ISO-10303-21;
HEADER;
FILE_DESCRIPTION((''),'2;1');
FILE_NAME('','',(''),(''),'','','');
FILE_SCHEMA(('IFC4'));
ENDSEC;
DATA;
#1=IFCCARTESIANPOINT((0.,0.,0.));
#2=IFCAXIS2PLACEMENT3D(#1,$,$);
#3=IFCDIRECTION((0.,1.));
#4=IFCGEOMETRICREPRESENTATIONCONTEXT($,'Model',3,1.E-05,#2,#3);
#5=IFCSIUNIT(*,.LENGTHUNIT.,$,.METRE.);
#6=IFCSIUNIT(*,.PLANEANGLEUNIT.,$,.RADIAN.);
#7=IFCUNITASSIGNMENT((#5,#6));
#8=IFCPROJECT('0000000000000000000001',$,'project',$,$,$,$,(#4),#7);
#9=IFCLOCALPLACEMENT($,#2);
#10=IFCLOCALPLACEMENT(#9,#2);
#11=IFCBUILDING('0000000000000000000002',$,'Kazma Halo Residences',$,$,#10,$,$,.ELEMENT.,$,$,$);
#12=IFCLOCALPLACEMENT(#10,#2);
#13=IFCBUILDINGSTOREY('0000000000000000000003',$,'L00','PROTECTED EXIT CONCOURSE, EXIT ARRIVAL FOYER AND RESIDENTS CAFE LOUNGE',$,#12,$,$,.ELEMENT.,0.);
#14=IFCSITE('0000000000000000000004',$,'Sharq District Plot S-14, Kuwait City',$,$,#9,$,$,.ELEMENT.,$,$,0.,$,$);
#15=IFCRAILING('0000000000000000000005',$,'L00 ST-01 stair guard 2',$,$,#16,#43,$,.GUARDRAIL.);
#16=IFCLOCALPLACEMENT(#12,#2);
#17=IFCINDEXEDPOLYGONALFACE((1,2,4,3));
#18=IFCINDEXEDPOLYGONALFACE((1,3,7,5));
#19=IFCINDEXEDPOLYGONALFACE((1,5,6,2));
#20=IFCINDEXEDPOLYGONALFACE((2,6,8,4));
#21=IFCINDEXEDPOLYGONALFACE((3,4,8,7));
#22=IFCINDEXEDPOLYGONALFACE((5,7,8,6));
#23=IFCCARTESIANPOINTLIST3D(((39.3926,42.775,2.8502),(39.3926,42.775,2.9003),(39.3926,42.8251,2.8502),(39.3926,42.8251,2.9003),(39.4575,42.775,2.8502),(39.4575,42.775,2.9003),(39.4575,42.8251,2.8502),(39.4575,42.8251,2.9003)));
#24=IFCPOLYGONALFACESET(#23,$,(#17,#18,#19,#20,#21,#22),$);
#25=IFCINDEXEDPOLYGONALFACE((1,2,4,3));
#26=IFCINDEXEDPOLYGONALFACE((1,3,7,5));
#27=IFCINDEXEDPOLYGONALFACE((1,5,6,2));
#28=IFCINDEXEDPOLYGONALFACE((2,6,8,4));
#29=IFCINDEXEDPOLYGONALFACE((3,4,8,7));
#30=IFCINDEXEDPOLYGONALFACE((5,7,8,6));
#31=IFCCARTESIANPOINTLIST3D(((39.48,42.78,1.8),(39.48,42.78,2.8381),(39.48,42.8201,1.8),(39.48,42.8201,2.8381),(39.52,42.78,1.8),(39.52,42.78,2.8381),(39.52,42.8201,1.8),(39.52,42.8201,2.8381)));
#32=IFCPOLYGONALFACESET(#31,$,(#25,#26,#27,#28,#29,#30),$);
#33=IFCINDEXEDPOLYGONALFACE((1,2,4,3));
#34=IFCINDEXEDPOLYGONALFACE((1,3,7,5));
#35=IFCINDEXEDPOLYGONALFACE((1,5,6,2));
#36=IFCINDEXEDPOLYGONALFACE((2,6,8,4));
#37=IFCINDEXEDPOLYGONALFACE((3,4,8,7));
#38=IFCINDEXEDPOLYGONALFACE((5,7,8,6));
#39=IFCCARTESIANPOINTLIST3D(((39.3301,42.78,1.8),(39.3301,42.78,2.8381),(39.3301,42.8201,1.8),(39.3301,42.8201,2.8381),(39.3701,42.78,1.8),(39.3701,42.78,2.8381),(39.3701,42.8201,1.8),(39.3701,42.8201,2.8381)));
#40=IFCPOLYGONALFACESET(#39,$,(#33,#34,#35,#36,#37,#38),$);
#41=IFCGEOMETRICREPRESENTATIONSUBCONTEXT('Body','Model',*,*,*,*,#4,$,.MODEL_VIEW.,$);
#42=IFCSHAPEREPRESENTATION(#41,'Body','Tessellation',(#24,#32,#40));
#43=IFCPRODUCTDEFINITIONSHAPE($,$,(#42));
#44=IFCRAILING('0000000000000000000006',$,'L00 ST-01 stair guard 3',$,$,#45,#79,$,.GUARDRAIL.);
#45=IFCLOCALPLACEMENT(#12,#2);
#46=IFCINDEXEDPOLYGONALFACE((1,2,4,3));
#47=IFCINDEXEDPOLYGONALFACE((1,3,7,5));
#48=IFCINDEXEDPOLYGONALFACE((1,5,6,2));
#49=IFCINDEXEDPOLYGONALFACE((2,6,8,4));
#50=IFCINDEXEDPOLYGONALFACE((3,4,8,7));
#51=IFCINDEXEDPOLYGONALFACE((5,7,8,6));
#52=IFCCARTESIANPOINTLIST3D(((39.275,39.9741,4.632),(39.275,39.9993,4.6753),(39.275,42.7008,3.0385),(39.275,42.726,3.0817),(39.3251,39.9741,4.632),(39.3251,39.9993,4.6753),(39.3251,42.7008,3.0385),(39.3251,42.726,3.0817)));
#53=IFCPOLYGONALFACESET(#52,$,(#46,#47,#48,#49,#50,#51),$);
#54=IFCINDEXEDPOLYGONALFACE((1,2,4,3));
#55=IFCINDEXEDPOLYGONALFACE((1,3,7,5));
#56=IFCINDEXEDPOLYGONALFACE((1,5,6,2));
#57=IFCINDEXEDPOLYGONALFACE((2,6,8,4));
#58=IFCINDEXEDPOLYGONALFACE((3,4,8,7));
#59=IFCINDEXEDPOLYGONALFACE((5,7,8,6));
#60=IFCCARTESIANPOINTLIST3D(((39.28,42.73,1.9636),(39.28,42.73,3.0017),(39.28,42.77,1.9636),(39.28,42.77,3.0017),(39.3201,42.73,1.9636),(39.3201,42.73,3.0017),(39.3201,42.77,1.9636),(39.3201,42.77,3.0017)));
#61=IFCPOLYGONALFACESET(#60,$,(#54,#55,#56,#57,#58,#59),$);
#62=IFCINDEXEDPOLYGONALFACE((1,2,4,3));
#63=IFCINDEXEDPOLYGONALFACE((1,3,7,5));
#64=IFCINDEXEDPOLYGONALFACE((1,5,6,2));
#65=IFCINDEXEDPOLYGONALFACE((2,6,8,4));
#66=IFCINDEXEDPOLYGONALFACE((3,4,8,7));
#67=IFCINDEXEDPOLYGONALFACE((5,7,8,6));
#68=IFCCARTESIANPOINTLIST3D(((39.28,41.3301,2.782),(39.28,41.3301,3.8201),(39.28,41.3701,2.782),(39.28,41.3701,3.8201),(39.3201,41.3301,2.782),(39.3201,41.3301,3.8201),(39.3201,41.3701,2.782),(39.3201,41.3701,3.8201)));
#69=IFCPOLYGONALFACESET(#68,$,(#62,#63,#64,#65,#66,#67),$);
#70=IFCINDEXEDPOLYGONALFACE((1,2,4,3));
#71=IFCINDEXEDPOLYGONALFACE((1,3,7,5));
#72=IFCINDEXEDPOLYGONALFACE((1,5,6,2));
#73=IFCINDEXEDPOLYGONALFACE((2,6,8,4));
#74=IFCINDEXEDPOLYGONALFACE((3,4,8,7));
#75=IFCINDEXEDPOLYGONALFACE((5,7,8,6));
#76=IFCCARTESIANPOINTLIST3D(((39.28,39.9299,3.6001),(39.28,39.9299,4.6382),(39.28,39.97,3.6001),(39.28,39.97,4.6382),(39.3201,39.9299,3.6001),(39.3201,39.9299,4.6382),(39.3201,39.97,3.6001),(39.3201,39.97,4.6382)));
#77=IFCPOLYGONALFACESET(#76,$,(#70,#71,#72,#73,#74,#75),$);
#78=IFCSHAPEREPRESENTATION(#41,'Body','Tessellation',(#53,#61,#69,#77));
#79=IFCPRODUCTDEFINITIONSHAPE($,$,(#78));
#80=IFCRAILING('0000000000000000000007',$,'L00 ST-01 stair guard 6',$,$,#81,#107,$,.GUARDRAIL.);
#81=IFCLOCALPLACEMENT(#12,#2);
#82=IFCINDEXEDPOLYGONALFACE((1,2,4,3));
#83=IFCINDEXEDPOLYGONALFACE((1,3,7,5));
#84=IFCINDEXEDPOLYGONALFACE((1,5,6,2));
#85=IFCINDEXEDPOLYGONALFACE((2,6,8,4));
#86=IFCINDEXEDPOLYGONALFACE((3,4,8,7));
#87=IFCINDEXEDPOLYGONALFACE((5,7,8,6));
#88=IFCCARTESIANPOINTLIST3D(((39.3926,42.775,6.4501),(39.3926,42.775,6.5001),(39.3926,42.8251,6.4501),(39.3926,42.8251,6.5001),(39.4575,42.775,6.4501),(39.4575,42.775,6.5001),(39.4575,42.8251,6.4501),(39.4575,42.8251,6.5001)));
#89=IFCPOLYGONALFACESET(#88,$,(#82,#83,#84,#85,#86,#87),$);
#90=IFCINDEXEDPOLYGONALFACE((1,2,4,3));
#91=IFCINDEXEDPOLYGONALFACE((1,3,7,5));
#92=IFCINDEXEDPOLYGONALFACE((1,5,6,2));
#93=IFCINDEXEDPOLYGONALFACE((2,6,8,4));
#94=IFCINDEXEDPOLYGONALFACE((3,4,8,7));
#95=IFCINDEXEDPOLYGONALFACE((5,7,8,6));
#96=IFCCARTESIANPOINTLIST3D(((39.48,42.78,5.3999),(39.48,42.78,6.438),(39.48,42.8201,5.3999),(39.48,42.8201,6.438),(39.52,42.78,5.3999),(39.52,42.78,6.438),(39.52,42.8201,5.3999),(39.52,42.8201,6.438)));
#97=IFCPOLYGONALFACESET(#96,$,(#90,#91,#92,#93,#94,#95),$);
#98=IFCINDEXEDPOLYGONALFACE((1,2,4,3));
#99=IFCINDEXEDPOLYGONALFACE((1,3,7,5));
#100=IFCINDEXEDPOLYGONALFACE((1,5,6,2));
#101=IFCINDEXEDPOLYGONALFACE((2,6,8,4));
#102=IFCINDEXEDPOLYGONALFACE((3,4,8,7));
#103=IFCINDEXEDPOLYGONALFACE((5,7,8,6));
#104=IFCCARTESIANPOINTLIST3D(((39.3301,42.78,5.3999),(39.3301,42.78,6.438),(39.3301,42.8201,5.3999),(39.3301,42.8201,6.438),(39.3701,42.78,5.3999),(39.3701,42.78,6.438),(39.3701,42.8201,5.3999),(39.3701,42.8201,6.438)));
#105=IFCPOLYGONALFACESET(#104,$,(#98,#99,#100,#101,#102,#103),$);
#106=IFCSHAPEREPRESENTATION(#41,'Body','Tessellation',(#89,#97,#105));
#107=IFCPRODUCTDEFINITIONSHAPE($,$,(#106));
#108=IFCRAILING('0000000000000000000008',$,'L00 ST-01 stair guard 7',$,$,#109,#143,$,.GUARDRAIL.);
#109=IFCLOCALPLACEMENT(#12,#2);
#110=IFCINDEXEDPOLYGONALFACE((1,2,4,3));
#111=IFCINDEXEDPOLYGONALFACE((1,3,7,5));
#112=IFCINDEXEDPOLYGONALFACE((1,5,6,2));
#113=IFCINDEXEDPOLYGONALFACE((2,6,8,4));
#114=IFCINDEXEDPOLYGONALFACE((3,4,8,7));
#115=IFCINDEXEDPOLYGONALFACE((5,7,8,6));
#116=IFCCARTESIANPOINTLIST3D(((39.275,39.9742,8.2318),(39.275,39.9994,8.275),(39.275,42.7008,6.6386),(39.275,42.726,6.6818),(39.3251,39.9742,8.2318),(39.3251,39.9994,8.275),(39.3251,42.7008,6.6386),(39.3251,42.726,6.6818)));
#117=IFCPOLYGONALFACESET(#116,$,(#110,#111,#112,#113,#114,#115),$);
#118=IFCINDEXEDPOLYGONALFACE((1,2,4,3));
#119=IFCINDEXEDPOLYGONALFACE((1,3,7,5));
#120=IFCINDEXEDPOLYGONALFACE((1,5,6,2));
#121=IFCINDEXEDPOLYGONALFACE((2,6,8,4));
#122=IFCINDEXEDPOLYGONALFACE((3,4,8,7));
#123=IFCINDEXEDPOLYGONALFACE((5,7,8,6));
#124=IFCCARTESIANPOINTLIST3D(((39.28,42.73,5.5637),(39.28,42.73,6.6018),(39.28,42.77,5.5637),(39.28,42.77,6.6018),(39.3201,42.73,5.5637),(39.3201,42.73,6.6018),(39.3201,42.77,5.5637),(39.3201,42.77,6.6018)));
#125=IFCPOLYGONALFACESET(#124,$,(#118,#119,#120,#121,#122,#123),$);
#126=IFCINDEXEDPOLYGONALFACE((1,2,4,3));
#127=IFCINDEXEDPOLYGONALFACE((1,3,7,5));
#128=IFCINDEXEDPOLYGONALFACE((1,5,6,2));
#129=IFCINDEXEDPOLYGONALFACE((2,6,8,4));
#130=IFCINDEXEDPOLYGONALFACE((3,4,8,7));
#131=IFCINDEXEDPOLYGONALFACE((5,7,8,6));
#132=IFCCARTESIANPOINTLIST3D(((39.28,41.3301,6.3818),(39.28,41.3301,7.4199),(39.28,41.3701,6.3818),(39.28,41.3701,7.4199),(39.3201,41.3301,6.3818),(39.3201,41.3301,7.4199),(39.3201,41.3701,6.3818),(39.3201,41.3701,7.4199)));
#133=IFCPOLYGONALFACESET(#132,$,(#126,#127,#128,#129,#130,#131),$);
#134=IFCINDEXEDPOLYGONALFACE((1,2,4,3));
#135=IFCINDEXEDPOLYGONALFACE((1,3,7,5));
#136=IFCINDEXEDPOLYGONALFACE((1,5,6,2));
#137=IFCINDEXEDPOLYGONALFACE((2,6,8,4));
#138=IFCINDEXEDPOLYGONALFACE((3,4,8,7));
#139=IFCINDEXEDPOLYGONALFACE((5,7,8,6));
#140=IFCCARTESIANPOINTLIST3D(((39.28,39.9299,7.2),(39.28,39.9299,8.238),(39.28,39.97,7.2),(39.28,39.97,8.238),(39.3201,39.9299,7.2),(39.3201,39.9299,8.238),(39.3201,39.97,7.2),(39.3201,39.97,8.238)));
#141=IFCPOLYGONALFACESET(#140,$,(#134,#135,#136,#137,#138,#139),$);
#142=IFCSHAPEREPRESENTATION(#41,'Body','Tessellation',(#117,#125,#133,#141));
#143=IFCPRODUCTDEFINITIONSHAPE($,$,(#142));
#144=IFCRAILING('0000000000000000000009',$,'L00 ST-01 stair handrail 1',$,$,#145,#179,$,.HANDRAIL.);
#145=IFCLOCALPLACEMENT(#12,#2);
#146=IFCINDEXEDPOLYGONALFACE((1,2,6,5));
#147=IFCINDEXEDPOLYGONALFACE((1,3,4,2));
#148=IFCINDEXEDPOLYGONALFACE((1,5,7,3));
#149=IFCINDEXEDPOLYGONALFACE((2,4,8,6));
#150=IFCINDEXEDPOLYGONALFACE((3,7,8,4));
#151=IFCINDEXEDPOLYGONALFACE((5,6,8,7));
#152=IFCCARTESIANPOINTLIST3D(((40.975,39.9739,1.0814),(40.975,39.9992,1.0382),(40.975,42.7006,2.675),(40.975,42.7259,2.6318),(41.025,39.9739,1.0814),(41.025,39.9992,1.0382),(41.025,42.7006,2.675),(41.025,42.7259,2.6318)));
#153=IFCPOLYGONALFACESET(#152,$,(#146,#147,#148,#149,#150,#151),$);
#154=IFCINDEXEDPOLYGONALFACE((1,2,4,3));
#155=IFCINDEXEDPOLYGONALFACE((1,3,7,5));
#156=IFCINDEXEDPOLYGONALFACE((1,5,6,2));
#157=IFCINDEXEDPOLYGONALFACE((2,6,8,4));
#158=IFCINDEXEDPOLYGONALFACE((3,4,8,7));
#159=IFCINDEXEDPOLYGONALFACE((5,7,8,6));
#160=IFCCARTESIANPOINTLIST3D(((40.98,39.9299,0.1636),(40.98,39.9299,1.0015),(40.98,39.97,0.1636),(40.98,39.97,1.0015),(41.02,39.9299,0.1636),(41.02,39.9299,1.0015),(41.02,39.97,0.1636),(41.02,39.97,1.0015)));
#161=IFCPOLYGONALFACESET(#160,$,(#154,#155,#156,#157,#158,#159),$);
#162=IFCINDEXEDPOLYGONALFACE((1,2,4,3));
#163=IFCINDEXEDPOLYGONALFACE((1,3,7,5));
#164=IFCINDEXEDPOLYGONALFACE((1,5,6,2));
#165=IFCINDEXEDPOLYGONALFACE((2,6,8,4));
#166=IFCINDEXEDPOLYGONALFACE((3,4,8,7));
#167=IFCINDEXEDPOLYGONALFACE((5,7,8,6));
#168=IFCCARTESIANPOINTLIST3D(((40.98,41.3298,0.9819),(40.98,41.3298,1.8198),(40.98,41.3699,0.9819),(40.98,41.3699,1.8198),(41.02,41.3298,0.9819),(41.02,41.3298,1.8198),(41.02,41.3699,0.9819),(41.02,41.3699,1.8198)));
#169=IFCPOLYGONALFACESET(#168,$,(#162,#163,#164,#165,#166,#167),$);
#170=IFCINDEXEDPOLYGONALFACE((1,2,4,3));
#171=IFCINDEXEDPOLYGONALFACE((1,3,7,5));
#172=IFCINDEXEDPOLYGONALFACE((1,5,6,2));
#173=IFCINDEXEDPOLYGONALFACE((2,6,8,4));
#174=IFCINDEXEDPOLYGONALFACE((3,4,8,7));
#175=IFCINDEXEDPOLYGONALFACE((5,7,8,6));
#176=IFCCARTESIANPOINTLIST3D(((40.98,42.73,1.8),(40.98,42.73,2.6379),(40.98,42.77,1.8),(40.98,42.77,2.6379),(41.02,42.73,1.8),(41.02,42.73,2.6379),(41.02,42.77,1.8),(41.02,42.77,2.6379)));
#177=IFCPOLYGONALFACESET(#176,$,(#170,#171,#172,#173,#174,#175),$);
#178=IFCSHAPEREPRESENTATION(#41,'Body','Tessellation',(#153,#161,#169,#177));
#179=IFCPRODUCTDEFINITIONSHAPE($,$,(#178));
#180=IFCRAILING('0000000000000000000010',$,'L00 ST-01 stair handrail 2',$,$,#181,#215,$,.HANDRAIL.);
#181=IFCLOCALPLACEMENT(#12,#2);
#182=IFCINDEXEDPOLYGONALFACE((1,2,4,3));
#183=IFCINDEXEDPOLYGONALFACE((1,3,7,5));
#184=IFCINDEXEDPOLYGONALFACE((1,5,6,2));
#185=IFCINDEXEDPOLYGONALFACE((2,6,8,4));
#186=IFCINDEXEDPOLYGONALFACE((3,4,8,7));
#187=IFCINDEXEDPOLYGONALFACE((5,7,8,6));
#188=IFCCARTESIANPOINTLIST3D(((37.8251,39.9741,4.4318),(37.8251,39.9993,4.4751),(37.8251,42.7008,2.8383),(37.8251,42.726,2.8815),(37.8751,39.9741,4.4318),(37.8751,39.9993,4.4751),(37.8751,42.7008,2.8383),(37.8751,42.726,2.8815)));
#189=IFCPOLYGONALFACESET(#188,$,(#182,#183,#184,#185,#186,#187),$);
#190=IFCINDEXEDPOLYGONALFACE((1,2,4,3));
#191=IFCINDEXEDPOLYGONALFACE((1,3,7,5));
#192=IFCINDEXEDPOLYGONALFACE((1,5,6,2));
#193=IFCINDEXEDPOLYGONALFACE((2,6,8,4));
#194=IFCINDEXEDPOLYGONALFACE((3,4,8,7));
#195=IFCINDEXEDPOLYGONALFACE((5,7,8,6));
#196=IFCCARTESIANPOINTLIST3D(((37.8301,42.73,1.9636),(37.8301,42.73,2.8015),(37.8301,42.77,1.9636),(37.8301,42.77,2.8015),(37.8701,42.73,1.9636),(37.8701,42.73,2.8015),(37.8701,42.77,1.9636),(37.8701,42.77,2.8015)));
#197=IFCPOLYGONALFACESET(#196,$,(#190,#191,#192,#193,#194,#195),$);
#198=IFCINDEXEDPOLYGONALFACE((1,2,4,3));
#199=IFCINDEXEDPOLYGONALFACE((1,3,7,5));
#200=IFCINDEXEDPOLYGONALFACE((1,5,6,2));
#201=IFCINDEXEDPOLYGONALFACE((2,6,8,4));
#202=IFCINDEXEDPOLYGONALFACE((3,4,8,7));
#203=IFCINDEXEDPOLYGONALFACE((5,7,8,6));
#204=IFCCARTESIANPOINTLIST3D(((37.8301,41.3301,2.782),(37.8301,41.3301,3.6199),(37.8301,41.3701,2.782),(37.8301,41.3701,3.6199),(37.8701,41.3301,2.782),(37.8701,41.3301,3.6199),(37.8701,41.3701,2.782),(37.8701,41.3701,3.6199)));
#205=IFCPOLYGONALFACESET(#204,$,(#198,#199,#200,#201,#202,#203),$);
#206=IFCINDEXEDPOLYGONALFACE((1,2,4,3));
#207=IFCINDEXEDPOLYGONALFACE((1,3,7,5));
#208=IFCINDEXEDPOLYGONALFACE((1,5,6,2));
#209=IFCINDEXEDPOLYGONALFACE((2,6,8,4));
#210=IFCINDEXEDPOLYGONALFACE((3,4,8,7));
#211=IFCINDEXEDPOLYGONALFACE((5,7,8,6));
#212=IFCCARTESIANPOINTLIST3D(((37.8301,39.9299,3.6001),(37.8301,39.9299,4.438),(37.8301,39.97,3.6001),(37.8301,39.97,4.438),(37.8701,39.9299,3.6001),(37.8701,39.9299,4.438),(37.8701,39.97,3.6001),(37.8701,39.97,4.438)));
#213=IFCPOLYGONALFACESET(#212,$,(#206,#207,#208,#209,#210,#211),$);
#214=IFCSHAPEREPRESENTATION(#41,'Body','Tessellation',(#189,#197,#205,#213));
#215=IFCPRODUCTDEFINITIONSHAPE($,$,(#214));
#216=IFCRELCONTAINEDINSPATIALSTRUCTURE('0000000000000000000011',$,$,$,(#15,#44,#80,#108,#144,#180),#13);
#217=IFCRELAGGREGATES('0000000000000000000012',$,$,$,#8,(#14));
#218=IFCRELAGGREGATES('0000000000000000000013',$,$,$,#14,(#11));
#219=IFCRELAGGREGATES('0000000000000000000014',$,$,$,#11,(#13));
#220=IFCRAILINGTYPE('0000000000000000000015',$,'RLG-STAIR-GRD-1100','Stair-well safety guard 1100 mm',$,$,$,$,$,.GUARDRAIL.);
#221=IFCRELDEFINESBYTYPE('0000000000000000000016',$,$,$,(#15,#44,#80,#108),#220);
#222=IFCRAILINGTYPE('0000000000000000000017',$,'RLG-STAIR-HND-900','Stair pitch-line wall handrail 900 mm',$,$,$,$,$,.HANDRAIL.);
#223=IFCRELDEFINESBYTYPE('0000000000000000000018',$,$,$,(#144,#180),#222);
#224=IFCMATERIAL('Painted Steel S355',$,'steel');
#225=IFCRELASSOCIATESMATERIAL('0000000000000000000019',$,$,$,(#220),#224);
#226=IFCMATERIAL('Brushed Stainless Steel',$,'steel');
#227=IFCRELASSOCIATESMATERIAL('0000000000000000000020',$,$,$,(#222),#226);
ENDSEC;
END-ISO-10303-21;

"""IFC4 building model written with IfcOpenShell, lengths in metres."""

from ifc_helpers import new_model, si_unit, direction, frame, origin, origin_2d, place, context, subcontext, project, spatial, rectangle, extrude, material, type_object, element, save


model = new_model("IFC4")

# Units and contexts
model_context = context("Model", 3, precision=1e-05, world=origin(), true_north=direction((0.0, 1.0)))
body_context = subcontext(model_context, "Body", "Model", "MODEL_VIEW")
ifc_project = project(units=[si_unit("LENGTHUNIT", "METRE"), si_unit("PLANEANGLEUNIT", "RADIAN")], contexts=[model_context])

# Site, building, storey
site_placement = place(None, origin())
site = spatial("IfcSite", under=ifc_project, at=site_placement, Name="Sharq District Plot S-14, Kuwait City", CompositionType="ELEMENT", RefElevation=0.0)
building_placement = place(site_placement, origin())
building = spatial("IfcBuilding", under=site, at=building_placement, Name="Kazma Halo Residences", CompositionType="ELEMENT")
storey_placement = place(building_placement, origin())
storey = spatial("IfcBuildingStorey", under=building, at=storey_placement, Name="L00", Description="PROTECTED EXIT CONCOURSE, EXIT ARRIVAL FOYER AND RESIDENTS CAFE LOUNGE", CompositionType="ELEMENT", Elevation=0.0)

# Railings
ifc_material_1 = material(Name="Painted Steel S355", Category="steel")
railing_type_1 = type_object("IfcRailingType", Name="RLG-STAIR-GRD-1100", Description="Stair-well safety guard 1100 mm", PredefinedType="GUARDRAIL", material=ifc_material_1)
railing_1_placement = place(storey_placement, frame((39.5, 42.8, 1.8)))
element("IfcRailing", 1, at=railing_1_placement, inside=storey, type_object=railing_type_1, Name="L00 ST-01 stair guard 2", PredefinedType="GUARDRAIL", context=body_context, shape_type="SweptSolid", body=[
    extrude(rectangle(XDim=0.05, YDim=0.05, at=origin_2d()), frame((-0.0425, 0.0, 1.0752), z_axis=(-1.0, 0.0, 0.0), x_axis=(0.0, -1.0, 0.0)), (0.0, 0.0, 1.0), 0.0649),
    extrude(rectangle(XDim=0.04, YDim=0.04, at=origin_2d()), origin(), (0.0, 0.0, 1.0), 1.0381),
    extrude(rectangle(XDim=0.04, YDim=0.04, at=origin_2d()), frame((-0.1499, 0.0, 0.0)), (0.0, 0.0, 1.0), 1.0381),
])
railing_2_placement = place(storey_placement, frame((39.3, 42.75, 1.9636)))
element("IfcRailing", 2, at=railing_2_placement, inside=storey, type_object=railing_type_1, Name="L00 ST-01 stair guard 3", PredefinedType="GUARDRAIL", context=body_context, shape_type="SweptSolid", body=[
    extrude(rectangle(XDim=0.05, YDim=0.05, at=origin_2d()), frame((0.0, -0.0366, 1.0964), z_axis=(0.0, -0.863361, 0.504587), x_axis=(1.0, 0.0, 0.0)), (0.0, 0.0, 1.0), 3.1582),
    extrude(rectangle(XDim=0.04, YDim=0.04, at=origin_2d()), origin(), (0.0, 0.0, 1.0), 1.0381),
    extrude(rectangle(XDim=0.04, YDim=0.04, at=origin_2d()), frame((0.0, -1.3999, 0.8184)), (0.0, 0.0, 1.0), 1.0381),
    extrude(rectangle(XDim=0.04, YDim=0.04, at=origin_2d()), frame((0.0, -2.8, 1.6365)), (0.0, 0.0, 1.0), 1.0381),
])
railing_3_placement = place(storey_placement, frame((39.5, 42.8, 5.3999)))
element("IfcRailing", 3, at=railing_3_placement, inside=storey, type_object=railing_type_1, Name="L00 ST-01 stair guard 6", PredefinedType="GUARDRAIL", context=body_context, shape_type="SweptSolid", body=[
    extrude(rectangle(XDim=0.05, YDim=0.05, at=origin_2d()), frame((-0.0425, 0.0, 1.0752), z_axis=(-1.0, 0.0, 0.0), x_axis=(0.0, -1.0, 0.0)), (0.0, 0.0, 1.0), 0.0649),
    extrude(rectangle(XDim=0.04, YDim=0.04, at=origin_2d()), origin(), (0.0, 0.0, 1.0), 1.0381),
    extrude(rectangle(XDim=0.04, YDim=0.04, at=origin_2d()), frame((-0.1499, 0.0, 0.0)), (0.0, 0.0, 1.0), 1.0381),
])
railing_4_placement = place(storey_placement, frame((39.3, 42.75, 5.5637)))
element("IfcRailing", 4, at=railing_4_placement, inside=storey, type_object=railing_type_1, Name="L00 ST-01 stair guard 7", PredefinedType="GUARDRAIL", context=body_context, shape_type="SweptSolid", body=[
    extrude(rectangle(XDim=0.05, YDim=0.05, at=origin_2d()), frame((0.0, -0.0366, 1.0964), z_axis=(0.0, -0.863394, 0.504531), x_axis=(1.0, 0.0, 0.0)), (0.0, 0.0, 1.0), 3.158),
    extrude(rectangle(XDim=0.04, YDim=0.04, at=origin_2d()), origin(), (0.0, 0.0, 1.0), 1.0381),
    extrude(rectangle(XDim=0.04, YDim=0.04, at=origin_2d()), frame((0.0, -1.3999, 0.8181)), (0.0, 0.0, 1.0), 1.0381),
    extrude(rectangle(XDim=0.04, YDim=0.04, at=origin_2d()), frame((0.0, -2.8, 1.6362)), (0.0, 0.0, 1.0), 1.0381),
])
ifc_material_2 = material(Name="Brushed Stainless Steel", Category="steel")
railing_type_2 = type_object("IfcRailingType", Name="RLG-STAIR-HND-900", Description="Stair pitch-line wall handrail 900 mm", PredefinedType="HANDRAIL", material=ifc_material_2)
railing_5_placement = place(storey_placement, frame((41.0, 39.95, 0.1636)))
element("IfcRailing", 5, at=railing_5_placement, inside=storey, type_object=railing_type_2, Name="L00 ST-01 stair handrail 1", PredefinedType="HANDRAIL", context=body_context, shape_type="SweptSolid", body=[
    extrude(rectangle(XDim=0.05, YDim=0.05, at=origin_2d()), frame((0.0, 0.0366, 0.8962), z_axis=(0.0, 0.863361, 0.504587), x_axis=(-1.0, 0.0, 0.0)), (0.0, 0.0, 1.0), 3.1582),
    extrude(rectangle(XDim=0.04, YDim=0.04, at=origin_2d()), origin(), (0.0, 0.0, 1.0), 0.8379),
    extrude(rectangle(XDim=0.04, YDim=0.04, at=origin_2d()), frame((0.0, 1.3999, 0.8184)), (0.0, 0.0, 1.0), 0.8379),
    extrude(rectangle(XDim=0.04, YDim=0.04, at=origin_2d()), frame((0.0, 2.8, 1.6365)), (0.0, 0.0, 1.0), 0.8379),
])
railing_6_placement = place(storey_placement, frame((37.8501, 42.75, 1.9636)))
element("IfcRailing", 6, at=railing_6_placement, inside=storey, type_object=railing_type_2, Name="L00 ST-01 stair handrail 2", PredefinedType="HANDRAIL", context=body_context, shape_type="SweptSolid", body=[
    extrude(rectangle(XDim=0.05, YDim=0.05, at=origin_2d()), frame((0.0, -0.0366, 0.8962), z_axis=(0.0, -0.863361, 0.504587), x_axis=(1.0, 0.0, 0.0)), (0.0, 0.0, 1.0), 3.1582),
    extrude(rectangle(XDim=0.04, YDim=0.04, at=origin_2d()), origin(), (0.0, 0.0, 1.0), 0.8379),
    extrude(rectangle(XDim=0.04, YDim=0.04, at=origin_2d()), frame((0.0, -1.3999, 0.8184)), (0.0, 0.0, 1.0), 0.8379),
    extrude(rectangle(XDim=0.04, YDim=0.04, at=origin_2d()), frame((0.0, -2.8, 1.6365)), (0.0, 0.0, 1.0), 0.8379),
])

save(model, "model.ifc")
